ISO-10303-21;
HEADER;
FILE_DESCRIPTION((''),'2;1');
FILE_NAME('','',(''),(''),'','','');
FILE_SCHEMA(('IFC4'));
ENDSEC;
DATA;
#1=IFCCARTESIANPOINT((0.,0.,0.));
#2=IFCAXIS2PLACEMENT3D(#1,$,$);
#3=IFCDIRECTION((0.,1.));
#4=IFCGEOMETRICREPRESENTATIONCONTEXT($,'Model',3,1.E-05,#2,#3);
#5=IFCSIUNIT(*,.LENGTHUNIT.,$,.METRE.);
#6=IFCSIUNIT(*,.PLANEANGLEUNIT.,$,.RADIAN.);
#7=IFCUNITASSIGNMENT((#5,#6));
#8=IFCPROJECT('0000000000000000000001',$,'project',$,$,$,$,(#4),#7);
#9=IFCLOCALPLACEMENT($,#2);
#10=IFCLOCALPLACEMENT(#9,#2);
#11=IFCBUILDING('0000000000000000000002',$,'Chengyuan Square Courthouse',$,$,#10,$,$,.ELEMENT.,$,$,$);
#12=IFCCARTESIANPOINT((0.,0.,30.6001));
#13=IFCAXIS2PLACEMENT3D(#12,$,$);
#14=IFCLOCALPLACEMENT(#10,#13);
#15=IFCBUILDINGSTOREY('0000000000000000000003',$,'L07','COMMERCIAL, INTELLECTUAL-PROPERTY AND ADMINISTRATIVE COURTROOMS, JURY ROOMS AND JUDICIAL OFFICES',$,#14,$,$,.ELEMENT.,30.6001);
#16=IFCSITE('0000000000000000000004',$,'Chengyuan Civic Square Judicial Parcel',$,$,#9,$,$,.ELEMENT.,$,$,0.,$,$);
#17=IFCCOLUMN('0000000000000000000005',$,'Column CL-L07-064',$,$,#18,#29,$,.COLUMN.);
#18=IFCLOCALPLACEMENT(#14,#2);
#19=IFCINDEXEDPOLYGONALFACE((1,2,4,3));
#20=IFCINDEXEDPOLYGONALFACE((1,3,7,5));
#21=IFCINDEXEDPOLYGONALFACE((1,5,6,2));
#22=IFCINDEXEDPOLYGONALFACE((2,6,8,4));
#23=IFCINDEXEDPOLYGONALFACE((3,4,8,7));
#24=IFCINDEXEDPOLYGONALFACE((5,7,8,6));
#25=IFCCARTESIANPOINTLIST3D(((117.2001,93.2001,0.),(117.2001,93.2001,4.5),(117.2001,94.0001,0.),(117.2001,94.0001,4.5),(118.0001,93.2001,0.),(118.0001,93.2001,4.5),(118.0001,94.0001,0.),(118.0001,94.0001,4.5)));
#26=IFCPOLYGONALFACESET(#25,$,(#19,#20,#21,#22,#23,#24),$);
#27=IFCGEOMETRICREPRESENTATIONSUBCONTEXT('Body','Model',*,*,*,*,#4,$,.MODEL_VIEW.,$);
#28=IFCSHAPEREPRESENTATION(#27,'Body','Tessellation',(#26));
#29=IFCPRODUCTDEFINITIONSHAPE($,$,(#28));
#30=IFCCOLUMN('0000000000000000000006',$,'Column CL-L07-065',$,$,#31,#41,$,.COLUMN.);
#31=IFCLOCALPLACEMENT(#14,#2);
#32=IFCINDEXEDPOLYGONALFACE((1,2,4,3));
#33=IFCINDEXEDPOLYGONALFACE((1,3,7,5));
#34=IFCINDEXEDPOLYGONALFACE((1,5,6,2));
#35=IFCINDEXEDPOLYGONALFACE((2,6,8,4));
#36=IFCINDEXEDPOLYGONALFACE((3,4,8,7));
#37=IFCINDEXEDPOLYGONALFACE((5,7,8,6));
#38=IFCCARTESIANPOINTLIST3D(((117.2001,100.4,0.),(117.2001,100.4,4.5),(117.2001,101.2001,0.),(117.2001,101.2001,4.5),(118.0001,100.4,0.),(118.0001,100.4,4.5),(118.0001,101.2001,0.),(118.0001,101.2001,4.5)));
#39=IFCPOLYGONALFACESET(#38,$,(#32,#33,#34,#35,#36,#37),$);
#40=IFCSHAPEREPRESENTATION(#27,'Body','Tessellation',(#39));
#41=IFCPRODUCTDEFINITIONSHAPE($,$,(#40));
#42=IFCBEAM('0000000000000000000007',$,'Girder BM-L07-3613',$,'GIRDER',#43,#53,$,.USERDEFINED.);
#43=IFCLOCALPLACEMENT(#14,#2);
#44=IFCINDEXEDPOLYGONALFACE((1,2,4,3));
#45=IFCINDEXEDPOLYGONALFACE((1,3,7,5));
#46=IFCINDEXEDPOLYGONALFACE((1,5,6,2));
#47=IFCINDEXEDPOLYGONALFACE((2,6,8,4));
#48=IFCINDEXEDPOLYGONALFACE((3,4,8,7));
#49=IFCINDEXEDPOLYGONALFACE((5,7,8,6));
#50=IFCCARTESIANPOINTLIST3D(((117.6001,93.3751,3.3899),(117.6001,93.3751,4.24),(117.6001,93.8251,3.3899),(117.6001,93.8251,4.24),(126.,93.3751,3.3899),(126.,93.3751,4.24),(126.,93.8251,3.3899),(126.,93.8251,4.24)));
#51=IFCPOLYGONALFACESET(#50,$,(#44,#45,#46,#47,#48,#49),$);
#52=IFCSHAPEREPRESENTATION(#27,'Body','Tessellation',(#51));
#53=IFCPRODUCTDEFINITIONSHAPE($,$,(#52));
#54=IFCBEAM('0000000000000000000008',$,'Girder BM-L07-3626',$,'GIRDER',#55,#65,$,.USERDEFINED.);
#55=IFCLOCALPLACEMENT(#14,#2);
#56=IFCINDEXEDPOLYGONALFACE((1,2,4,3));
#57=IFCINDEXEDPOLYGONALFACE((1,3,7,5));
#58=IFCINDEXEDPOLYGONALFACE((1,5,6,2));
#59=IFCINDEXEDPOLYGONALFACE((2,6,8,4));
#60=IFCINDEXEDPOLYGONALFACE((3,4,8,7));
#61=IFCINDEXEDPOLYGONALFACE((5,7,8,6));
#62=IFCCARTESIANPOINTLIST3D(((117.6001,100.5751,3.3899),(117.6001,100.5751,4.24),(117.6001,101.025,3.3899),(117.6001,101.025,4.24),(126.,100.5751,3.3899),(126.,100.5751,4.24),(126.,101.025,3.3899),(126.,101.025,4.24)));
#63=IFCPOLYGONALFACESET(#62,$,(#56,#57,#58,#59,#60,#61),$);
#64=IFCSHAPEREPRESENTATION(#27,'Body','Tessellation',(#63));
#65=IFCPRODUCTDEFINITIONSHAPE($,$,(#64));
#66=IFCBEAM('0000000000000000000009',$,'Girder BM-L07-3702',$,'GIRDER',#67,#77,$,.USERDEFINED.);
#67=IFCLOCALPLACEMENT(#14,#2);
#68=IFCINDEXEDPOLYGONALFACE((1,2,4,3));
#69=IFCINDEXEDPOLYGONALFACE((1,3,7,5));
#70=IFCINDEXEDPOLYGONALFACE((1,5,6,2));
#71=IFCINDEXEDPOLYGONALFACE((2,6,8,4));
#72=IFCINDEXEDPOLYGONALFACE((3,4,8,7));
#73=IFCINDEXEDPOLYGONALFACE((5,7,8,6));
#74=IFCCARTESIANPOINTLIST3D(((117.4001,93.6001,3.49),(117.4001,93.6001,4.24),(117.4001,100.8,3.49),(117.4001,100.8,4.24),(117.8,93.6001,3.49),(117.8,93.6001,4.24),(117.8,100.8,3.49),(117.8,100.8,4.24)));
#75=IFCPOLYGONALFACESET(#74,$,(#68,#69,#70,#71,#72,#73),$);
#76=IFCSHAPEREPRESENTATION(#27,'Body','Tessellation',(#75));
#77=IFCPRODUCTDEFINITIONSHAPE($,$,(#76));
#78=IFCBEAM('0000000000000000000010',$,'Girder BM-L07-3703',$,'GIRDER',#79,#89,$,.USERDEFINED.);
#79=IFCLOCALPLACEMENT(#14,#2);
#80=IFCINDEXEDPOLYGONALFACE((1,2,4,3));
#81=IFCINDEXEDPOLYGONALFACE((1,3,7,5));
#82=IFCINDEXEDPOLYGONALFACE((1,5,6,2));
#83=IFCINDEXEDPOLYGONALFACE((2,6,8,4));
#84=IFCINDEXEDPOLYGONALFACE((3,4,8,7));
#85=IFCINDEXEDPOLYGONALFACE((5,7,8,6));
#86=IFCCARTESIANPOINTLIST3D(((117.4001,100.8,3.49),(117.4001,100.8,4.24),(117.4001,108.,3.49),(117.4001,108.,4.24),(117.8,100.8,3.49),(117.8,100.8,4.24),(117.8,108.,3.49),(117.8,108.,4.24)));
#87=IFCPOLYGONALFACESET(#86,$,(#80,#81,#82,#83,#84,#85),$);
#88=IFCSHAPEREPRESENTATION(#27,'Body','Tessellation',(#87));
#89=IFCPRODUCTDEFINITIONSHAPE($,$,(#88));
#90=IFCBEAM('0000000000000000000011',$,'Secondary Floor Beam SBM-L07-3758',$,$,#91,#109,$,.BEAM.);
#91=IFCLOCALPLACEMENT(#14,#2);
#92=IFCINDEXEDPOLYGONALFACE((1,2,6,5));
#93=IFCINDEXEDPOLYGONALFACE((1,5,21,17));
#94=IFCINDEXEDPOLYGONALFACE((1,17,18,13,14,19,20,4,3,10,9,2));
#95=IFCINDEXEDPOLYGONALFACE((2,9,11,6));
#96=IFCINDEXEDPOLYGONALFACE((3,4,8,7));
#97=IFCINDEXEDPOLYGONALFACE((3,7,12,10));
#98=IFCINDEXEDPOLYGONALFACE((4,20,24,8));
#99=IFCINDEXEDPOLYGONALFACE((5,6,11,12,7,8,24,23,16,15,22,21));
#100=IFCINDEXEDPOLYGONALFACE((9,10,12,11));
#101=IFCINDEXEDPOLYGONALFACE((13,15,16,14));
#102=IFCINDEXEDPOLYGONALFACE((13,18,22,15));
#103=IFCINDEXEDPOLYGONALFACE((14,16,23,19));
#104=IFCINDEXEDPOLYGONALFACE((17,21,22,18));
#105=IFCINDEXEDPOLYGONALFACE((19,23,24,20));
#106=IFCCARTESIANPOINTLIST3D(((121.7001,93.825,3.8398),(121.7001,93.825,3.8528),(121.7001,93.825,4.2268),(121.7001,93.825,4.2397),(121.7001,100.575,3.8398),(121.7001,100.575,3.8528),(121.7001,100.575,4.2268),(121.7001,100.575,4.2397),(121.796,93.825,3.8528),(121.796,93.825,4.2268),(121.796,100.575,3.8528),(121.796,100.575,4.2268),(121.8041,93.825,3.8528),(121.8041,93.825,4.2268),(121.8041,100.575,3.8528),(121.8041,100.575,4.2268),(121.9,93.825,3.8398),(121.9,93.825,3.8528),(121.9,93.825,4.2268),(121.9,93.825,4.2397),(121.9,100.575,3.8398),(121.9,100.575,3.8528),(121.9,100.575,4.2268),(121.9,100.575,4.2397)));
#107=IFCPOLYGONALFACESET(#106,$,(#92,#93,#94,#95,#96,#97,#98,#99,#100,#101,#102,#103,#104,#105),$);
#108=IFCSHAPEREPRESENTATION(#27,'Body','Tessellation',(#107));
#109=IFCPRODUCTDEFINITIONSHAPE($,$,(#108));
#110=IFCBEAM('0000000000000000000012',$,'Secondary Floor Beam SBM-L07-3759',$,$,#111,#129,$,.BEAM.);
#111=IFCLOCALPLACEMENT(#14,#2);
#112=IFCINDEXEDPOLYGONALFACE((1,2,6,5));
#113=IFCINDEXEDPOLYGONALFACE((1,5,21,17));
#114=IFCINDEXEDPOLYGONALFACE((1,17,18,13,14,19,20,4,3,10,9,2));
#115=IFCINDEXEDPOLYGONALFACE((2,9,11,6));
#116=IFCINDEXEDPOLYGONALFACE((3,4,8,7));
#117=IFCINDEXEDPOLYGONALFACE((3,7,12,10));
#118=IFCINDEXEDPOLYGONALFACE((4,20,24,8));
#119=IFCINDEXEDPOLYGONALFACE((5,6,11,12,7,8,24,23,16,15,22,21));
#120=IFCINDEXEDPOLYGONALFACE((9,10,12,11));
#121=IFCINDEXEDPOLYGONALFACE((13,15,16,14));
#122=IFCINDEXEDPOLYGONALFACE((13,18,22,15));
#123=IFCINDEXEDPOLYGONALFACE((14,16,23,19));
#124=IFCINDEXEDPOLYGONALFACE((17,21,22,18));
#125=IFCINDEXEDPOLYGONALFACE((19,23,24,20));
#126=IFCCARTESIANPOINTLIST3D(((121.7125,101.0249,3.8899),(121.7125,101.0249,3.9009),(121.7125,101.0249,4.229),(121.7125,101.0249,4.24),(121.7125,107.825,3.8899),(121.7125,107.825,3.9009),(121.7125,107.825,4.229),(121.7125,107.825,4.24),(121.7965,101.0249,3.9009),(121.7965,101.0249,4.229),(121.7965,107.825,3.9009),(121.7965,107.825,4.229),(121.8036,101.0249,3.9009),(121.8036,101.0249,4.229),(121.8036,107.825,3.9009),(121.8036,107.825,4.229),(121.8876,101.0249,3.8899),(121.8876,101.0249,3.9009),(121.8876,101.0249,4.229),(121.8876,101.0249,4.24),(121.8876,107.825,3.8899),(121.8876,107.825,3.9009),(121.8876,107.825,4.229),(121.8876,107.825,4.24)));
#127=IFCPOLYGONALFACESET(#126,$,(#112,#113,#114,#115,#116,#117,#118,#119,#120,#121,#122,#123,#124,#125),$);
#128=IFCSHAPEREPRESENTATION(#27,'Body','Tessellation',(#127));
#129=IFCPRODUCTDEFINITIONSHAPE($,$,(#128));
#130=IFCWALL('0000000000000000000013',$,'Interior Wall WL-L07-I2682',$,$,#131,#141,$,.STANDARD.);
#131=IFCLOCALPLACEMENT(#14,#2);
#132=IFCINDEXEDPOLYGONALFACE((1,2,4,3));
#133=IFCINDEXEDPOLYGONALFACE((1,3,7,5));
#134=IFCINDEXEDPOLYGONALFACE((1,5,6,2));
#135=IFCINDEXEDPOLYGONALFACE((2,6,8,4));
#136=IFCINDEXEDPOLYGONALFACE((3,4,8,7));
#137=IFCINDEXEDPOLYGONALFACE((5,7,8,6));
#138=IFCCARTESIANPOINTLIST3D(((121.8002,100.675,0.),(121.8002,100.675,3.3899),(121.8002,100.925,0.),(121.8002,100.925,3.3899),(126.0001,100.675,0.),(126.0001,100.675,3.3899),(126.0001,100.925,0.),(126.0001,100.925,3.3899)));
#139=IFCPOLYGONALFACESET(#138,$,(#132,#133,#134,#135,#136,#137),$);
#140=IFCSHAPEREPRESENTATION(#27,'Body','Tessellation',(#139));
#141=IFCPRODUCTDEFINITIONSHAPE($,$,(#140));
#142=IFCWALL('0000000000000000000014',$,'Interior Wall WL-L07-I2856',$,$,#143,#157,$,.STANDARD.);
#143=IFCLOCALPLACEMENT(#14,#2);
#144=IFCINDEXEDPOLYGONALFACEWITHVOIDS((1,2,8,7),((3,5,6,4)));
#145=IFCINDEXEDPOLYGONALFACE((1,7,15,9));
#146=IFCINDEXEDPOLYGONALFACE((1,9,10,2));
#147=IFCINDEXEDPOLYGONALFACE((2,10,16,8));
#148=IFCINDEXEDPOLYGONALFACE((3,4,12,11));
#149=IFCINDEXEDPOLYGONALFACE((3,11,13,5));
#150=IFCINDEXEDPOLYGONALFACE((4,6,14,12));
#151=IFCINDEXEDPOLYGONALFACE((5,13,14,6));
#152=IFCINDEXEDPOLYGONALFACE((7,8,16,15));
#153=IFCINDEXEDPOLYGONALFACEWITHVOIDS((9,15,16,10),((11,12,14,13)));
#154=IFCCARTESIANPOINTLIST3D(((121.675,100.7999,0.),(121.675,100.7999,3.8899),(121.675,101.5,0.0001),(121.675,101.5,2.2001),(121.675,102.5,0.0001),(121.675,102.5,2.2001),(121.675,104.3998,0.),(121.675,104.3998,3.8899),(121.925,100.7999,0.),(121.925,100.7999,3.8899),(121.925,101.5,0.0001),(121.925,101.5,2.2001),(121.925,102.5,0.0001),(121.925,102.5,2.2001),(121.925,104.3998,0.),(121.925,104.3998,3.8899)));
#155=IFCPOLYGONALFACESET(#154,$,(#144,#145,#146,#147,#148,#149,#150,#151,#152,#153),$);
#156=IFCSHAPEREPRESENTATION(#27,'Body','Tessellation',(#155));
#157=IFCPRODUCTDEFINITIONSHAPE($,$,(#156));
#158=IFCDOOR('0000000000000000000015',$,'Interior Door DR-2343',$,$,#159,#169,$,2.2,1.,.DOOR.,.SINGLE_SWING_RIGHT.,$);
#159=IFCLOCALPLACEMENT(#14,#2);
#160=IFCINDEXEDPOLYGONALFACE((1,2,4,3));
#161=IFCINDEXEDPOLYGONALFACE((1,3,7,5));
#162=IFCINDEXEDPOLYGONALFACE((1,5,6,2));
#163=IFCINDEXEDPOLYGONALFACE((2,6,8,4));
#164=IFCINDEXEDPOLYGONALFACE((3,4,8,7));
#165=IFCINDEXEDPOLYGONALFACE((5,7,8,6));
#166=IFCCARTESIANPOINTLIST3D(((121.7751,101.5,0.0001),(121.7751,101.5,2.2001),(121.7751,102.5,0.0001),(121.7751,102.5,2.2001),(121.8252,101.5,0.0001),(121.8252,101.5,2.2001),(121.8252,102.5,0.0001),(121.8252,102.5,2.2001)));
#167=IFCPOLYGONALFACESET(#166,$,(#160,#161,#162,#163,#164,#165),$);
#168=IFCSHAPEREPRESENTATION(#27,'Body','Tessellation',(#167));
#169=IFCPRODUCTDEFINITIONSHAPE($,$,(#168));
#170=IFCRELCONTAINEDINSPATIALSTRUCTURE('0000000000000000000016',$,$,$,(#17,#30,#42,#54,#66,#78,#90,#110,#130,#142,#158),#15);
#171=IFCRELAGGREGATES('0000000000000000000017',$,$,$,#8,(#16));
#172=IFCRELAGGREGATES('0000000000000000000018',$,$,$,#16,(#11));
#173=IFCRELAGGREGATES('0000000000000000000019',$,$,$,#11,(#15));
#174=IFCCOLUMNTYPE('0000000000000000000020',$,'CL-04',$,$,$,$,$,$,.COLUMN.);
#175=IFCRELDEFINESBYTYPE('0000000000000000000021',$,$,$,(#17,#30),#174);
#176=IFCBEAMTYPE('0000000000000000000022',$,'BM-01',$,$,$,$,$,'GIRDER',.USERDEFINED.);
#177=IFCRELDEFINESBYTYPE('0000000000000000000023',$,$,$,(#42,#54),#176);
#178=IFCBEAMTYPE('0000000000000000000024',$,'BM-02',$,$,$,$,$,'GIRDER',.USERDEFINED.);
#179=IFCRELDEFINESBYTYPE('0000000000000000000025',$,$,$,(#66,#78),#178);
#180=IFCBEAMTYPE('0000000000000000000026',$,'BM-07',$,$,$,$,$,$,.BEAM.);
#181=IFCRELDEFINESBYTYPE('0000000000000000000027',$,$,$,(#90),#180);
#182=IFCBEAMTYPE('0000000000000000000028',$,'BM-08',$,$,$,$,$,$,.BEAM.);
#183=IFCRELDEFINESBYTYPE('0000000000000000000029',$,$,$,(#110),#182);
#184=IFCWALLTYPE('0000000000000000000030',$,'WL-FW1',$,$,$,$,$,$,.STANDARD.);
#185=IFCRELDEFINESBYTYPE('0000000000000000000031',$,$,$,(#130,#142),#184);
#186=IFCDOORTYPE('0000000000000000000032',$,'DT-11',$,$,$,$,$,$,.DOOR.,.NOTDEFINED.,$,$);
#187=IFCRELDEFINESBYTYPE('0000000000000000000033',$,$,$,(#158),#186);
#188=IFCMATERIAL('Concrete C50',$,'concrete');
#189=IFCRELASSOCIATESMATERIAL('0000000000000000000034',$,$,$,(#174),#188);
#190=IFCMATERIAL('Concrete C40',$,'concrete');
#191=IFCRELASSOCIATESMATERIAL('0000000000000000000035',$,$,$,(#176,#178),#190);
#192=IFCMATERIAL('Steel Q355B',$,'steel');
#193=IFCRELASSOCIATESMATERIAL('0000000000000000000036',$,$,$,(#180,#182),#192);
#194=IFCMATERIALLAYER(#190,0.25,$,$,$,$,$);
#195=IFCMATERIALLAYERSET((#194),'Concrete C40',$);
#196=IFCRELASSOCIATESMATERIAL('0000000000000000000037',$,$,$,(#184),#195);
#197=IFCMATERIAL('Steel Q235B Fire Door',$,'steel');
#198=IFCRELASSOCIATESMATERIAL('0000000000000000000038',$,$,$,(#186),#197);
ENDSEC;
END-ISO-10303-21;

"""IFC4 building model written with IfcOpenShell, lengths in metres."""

from ifc_helpers import new_model, si_unit, direction, frame, frame_2d, origin, origin_2d, place, context, subcontext, project, spatial, rectangle, i_section, extrude, material, layer, layer_set, material_profile, profile_set, type_object, element, fill, save


model = new_model("IFC4")

# Units and contexts
model_context = context("Model", 3, precision=1e-05, world=origin(), true_north=direction((0.0, 1.0)))
body_context = subcontext(model_context, "Body", "Model", "MODEL_VIEW")
ifc_project = project(units=[si_unit("LENGTHUNIT", "METRE"), si_unit("PLANEANGLEUNIT", "RADIAN")], contexts=[model_context])

# Site, building, storey
site_placement = place(None, origin())
site = spatial("IfcSite", under=ifc_project, at=site_placement, Name="Chengyuan Civic Square Judicial Parcel", CompositionType="ELEMENT", RefElevation=0.0)
building_placement = place(site_placement, origin())
building = spatial("IfcBuilding", under=site, at=building_placement, Name="Chengyuan Square Courthouse", CompositionType="ELEMENT")
storey_placement = place(building_placement, frame((0.0, 0.0, 30.6001)))
storey = spatial("IfcBuildingStorey", under=building, at=storey_placement, Name="L07", Description="COMMERCIAL, INTELLECTUAL-PROPERTY AND ADMINISTRATIVE COURTROOMS, JURY ROOMS AND JUDICIAL OFFICES", CompositionType="ELEMENT", Elevation=30.6001)

# Columns
ifc_material_1 = material(Name="Concrete C50", Category="concrete")
ifc_material_profile_1 = material_profile(ifc_material_1, rectangle(XDim=0.8, YDim=0.8, at=origin_2d()), Name="RC-COL-800x800")
ifc_profile_set_1 = profile_set([ifc_material_profile_1], Name="Concrete C50")
column_type = type_object("IfcColumnType", Name="CL-04", PredefinedType="COLUMN", material=ifc_profile_set_1)
for number, where, z_axis, x_axis, name in (
    (1, (117.6001, 93.6001, 0.0), (0.0, 0.0, 1.0), (1.0, 0.0, 0.0), "Column CL-L07-064"),
    (2, (117.6001, 100.8, 0.0), (0.0, 0.0, 1.0), (1.0, 0.0, 0.0), "Column CL-L07-065"),
):
    element("IfcColumn", number, at=place(storey_placement, frame(where, z_axis=z_axis, x_axis=x_axis)), inside=storey, type_object=column_type, Name=name, PredefinedType="COLUMN", context=body_context, shape_type="SweptSolid", body=[
        extrude(rectangle(XDim=0.8, YDim=0.8, at=origin_2d()), origin(), (0.0, 0.0, 1.0), 4.5),
    ])

# Beams
ifc_material_2 = material(Name="Concrete C40", Category="concrete")
ifc_material_profile_2 = material_profile(ifc_material_2, rectangle(XDim=0.45, YDim=0.8501, at=origin_2d()), Name="RC-BM-450x850")
ifc_profile_set_2 = profile_set([ifc_material_profile_2], Name="Concrete C40")
beam_type_1 = type_object("IfcBeamType", Name="BM-01", ElementType="GIRDER", PredefinedType="USERDEFINED", material=ifc_profile_set_2)
for number, where, z_axis, x_axis, name in (
    (3, (117.6001, 93.6001, 3.8149), (1.0, 0.0, 0.0), (0.0, 1.0, 0.0), "Girder BM-L07-3613"),
    (4, (117.6001, 100.8, 3.8149), (1.0, 0.0, 0.0), (0.0, 1.0, 0.0), "Girder BM-L07-3626"),
):
    element("IfcBeam", number, at=place(storey_placement, frame(where, z_axis=z_axis, x_axis=x_axis)), inside=storey, type_object=beam_type_1, Name=name, ObjectType="GIRDER", PredefinedType="USERDEFINED", context=body_context, shape_type="SweptSolid", body=[
        extrude(rectangle(XDim=0.45, YDim=0.8501, at=origin_2d()), origin(), (0.0, 0.0, 1.0), 8.3999),
    ])
ifc_material_profile_3 = material_profile(ifc_material_2, rectangle(XDim=0.3999, YDim=0.75, at=origin_2d()), Name="RC-BM-400x750")
ifc_profile_set_3 = profile_set([ifc_material_profile_3], Name="Concrete C40")
beam_type_2 = type_object("IfcBeamType", Name="BM-02", ElementType="GIRDER", PredefinedType="USERDEFINED", material=ifc_profile_set_3)
for number, where, z_axis, x_axis, name in (
    (5, (117.6001, 93.6001, 3.865), (0.0, 1.0, 0.0), (-1.0, 0.0, 0.0), "Girder BM-L07-3702"),
    (6, (117.6001, 100.8, 3.865), (0.0, 1.0, 0.0), (-1.0, 0.0, 0.0), "Girder BM-L07-3703"),
):
    element("IfcBeam", number, at=place(storey_placement, frame(where, z_axis=z_axis, x_axis=x_axis)), inside=storey, type_object=beam_type_2, Name=name, ObjectType="GIRDER", PredefinedType="USERDEFINED", context=body_context, shape_type="SweptSolid", body=[
        extrude(rectangle(XDim=0.3999, YDim=0.75, at=origin_2d()), origin(), (0.0, 0.0, 1.0), 7.2),
    ])
ifc_material_3 = material(Name="Steel Q355B", Category="steel")
ifc_material_profile_4 = material_profile(ifc_material_3, i_section(OverallWidth=0.2, OverallDepth=0.3999, WebThickness=0.0081, FlangeThickness=0.0129, at=origin_2d()), Name="HN 400x200x8x13")
ifc_profile_set_4 = profile_set([ifc_material_profile_4], Name="Steel Q355B")
beam_type_3 = type_object("IfcBeamType", Name="BM-07", PredefinedType="BEAM", material=ifc_profile_set_4)
beam_1_placement = place(storey_placement, frame((121.8, 93.825, 4.0398), z_axis=(0.0, 1.0, 0.0), x_axis=(-1.0, 0.0, 0.0)))
element("IfcBeam", 7, at=beam_1_placement, inside=storey, type_object=beam_type_3, Name="Secondary Floor Beam SBM-L07-3758", PredefinedType="BEAM", context=body_context, shape_type="SweptSolid", body=[
    extrude(i_section(OverallWidth=0.2, OverallDepth=0.3999, WebThickness=0.0081, FlangeThickness=0.0129, at=origin_2d()), origin(), (0.0, 0.0, 1.0), 6.75),
])
ifc_material_profile_5 = material_profile(ifc_material_3, i_section(OverallWidth=0.175, OverallDepth=0.3501, WebThickness=0.0071, FlangeThickness=0.011, at=origin_2d()), Name="HN 350x175x7x11")
ifc_profile_set_5 = profile_set([ifc_material_profile_5], Name="Steel Q355B")
beam_type_4 = type_object("IfcBeamType", Name="BM-08", PredefinedType="BEAM", material=ifc_profile_set_5)
beam_2_placement = place(storey_placement, frame((121.8, 101.0249, 4.0649), z_axis=(0.0, 1.0, 0.0), x_axis=(-1.0, 0.0, 0.0)))
element("IfcBeam", 8, at=beam_2_placement, inside=storey, type_object=beam_type_4, Name="Secondary Floor Beam SBM-L07-3759", PredefinedType="BEAM", context=body_context, shape_type="SweptSolid", body=[
    extrude(i_section(OverallWidth=0.175, OverallDepth=0.3501, WebThickness=0.0071, FlangeThickness=0.011, at=origin_2d()), origin(), (0.0, 0.0, 1.0), 6.8),
])

# Shared definitions
ifc_layer_1 = layer(ifc_material_2, 0.25)
ifc_layer_set_1 = layer_set([ifc_layer_1], Name="Concrete C40")
wall_type_1 = type_object("IfcWallType", Name="WL-FW1", PredefinedType="STANDARD", material=ifc_layer_set_1)

# Wall
wall_1_placement = place(storey_placement, frame((121.8, 100.8, 0.0), z_axis=(0.0, 0.0, 1.0), x_axis=(1.0, 0.0, 0.0)))
element("IfcWall", 9, at=wall_1_placement, inside=storey, type_object=wall_type_1, Name="Interior Wall WL-L07-I2682", PredefinedType="STANDARD", context=body_context, shape_type="SweptSolid", body=[
    extrude(rectangle(XDim=4.2, YDim=0.25, at=frame_2d((2.1001, 0.0))), origin(), (0.0, 0.0, 1.0), 3.3899),
])

# Shared definitions
ifc_material_4 = material(Name="Steel Q235B Fire Door", Category="steel")
door_type_1 = type_object("IfcDoorType", Name="DT-11", OperationType="NOTDEFINED", PredefinedType="DOOR", material=ifc_material_4)

# Wall, opening, door
wall_2_placement = place(storey_placement, frame((121.8, 100.8, 0.0), z_axis=(0.0, 0.0, 1.0), x_axis=(0.0, 1.0, 0.0)))
wall_2 = element("IfcWall", 10, at=wall_2_placement, inside=storey, type_object=wall_type_1, Name="Interior Wall WL-L07-I2856", PredefinedType="STANDARD", context=body_context, shape_type="SweptSolid", body=[
    extrude(rectangle(XDim=3.5999, YDim=0.25, at=frame_2d((1.7998, 0.0))), origin(), (0.0, 0.0, 1.0), 3.8899),
])
opening_1_placement = place(wall_2_placement, frame((0.7, 0.0, 0.0)))
opening_1 = element("IfcOpeningElement", 11, at=opening_1_placement, cuts=wall_2, PredefinedType="OPENING", context=body_context, shape_type="SweptSolid", body=[
    extrude(rectangle(XDim=1.0, YDim=2.2, at=frame_2d((0.5, 1.1001))), frame((0.0, 0.137, 0.0), z_axis=(0.0, -1.0, 0.0), x_axis=(1.0, 0.0, 0.0)), (0.0, 0.0, 1.0), 0.2739),
])
door_1_placement = place(opening_1_placement, origin())
door_1 = element("IfcDoor", 12, at=door_1_placement, inside=storey, type_object=door_type_1, Name="Interior Door DR-2343", OperationType="SINGLE_SWING_RIGHT", OverallHeight=2.2, OverallWidth=1.0, PredefinedType="DOOR", context=body_context, shape_type="SweptSolid", body=[
    extrude(rectangle(XDim=1.0, YDim=2.2, at=frame_2d((0.5, 1.1001))), frame((0.0, 0.0249, 0.0), z_axis=(0.0, -1.0, 0.0), x_axis=(1.0, 0.0, 0.0)), (0.0, 0.0, 1.0), 0.05),
])
fill(opening_1, door_1)

save(model, "model.ifc")
